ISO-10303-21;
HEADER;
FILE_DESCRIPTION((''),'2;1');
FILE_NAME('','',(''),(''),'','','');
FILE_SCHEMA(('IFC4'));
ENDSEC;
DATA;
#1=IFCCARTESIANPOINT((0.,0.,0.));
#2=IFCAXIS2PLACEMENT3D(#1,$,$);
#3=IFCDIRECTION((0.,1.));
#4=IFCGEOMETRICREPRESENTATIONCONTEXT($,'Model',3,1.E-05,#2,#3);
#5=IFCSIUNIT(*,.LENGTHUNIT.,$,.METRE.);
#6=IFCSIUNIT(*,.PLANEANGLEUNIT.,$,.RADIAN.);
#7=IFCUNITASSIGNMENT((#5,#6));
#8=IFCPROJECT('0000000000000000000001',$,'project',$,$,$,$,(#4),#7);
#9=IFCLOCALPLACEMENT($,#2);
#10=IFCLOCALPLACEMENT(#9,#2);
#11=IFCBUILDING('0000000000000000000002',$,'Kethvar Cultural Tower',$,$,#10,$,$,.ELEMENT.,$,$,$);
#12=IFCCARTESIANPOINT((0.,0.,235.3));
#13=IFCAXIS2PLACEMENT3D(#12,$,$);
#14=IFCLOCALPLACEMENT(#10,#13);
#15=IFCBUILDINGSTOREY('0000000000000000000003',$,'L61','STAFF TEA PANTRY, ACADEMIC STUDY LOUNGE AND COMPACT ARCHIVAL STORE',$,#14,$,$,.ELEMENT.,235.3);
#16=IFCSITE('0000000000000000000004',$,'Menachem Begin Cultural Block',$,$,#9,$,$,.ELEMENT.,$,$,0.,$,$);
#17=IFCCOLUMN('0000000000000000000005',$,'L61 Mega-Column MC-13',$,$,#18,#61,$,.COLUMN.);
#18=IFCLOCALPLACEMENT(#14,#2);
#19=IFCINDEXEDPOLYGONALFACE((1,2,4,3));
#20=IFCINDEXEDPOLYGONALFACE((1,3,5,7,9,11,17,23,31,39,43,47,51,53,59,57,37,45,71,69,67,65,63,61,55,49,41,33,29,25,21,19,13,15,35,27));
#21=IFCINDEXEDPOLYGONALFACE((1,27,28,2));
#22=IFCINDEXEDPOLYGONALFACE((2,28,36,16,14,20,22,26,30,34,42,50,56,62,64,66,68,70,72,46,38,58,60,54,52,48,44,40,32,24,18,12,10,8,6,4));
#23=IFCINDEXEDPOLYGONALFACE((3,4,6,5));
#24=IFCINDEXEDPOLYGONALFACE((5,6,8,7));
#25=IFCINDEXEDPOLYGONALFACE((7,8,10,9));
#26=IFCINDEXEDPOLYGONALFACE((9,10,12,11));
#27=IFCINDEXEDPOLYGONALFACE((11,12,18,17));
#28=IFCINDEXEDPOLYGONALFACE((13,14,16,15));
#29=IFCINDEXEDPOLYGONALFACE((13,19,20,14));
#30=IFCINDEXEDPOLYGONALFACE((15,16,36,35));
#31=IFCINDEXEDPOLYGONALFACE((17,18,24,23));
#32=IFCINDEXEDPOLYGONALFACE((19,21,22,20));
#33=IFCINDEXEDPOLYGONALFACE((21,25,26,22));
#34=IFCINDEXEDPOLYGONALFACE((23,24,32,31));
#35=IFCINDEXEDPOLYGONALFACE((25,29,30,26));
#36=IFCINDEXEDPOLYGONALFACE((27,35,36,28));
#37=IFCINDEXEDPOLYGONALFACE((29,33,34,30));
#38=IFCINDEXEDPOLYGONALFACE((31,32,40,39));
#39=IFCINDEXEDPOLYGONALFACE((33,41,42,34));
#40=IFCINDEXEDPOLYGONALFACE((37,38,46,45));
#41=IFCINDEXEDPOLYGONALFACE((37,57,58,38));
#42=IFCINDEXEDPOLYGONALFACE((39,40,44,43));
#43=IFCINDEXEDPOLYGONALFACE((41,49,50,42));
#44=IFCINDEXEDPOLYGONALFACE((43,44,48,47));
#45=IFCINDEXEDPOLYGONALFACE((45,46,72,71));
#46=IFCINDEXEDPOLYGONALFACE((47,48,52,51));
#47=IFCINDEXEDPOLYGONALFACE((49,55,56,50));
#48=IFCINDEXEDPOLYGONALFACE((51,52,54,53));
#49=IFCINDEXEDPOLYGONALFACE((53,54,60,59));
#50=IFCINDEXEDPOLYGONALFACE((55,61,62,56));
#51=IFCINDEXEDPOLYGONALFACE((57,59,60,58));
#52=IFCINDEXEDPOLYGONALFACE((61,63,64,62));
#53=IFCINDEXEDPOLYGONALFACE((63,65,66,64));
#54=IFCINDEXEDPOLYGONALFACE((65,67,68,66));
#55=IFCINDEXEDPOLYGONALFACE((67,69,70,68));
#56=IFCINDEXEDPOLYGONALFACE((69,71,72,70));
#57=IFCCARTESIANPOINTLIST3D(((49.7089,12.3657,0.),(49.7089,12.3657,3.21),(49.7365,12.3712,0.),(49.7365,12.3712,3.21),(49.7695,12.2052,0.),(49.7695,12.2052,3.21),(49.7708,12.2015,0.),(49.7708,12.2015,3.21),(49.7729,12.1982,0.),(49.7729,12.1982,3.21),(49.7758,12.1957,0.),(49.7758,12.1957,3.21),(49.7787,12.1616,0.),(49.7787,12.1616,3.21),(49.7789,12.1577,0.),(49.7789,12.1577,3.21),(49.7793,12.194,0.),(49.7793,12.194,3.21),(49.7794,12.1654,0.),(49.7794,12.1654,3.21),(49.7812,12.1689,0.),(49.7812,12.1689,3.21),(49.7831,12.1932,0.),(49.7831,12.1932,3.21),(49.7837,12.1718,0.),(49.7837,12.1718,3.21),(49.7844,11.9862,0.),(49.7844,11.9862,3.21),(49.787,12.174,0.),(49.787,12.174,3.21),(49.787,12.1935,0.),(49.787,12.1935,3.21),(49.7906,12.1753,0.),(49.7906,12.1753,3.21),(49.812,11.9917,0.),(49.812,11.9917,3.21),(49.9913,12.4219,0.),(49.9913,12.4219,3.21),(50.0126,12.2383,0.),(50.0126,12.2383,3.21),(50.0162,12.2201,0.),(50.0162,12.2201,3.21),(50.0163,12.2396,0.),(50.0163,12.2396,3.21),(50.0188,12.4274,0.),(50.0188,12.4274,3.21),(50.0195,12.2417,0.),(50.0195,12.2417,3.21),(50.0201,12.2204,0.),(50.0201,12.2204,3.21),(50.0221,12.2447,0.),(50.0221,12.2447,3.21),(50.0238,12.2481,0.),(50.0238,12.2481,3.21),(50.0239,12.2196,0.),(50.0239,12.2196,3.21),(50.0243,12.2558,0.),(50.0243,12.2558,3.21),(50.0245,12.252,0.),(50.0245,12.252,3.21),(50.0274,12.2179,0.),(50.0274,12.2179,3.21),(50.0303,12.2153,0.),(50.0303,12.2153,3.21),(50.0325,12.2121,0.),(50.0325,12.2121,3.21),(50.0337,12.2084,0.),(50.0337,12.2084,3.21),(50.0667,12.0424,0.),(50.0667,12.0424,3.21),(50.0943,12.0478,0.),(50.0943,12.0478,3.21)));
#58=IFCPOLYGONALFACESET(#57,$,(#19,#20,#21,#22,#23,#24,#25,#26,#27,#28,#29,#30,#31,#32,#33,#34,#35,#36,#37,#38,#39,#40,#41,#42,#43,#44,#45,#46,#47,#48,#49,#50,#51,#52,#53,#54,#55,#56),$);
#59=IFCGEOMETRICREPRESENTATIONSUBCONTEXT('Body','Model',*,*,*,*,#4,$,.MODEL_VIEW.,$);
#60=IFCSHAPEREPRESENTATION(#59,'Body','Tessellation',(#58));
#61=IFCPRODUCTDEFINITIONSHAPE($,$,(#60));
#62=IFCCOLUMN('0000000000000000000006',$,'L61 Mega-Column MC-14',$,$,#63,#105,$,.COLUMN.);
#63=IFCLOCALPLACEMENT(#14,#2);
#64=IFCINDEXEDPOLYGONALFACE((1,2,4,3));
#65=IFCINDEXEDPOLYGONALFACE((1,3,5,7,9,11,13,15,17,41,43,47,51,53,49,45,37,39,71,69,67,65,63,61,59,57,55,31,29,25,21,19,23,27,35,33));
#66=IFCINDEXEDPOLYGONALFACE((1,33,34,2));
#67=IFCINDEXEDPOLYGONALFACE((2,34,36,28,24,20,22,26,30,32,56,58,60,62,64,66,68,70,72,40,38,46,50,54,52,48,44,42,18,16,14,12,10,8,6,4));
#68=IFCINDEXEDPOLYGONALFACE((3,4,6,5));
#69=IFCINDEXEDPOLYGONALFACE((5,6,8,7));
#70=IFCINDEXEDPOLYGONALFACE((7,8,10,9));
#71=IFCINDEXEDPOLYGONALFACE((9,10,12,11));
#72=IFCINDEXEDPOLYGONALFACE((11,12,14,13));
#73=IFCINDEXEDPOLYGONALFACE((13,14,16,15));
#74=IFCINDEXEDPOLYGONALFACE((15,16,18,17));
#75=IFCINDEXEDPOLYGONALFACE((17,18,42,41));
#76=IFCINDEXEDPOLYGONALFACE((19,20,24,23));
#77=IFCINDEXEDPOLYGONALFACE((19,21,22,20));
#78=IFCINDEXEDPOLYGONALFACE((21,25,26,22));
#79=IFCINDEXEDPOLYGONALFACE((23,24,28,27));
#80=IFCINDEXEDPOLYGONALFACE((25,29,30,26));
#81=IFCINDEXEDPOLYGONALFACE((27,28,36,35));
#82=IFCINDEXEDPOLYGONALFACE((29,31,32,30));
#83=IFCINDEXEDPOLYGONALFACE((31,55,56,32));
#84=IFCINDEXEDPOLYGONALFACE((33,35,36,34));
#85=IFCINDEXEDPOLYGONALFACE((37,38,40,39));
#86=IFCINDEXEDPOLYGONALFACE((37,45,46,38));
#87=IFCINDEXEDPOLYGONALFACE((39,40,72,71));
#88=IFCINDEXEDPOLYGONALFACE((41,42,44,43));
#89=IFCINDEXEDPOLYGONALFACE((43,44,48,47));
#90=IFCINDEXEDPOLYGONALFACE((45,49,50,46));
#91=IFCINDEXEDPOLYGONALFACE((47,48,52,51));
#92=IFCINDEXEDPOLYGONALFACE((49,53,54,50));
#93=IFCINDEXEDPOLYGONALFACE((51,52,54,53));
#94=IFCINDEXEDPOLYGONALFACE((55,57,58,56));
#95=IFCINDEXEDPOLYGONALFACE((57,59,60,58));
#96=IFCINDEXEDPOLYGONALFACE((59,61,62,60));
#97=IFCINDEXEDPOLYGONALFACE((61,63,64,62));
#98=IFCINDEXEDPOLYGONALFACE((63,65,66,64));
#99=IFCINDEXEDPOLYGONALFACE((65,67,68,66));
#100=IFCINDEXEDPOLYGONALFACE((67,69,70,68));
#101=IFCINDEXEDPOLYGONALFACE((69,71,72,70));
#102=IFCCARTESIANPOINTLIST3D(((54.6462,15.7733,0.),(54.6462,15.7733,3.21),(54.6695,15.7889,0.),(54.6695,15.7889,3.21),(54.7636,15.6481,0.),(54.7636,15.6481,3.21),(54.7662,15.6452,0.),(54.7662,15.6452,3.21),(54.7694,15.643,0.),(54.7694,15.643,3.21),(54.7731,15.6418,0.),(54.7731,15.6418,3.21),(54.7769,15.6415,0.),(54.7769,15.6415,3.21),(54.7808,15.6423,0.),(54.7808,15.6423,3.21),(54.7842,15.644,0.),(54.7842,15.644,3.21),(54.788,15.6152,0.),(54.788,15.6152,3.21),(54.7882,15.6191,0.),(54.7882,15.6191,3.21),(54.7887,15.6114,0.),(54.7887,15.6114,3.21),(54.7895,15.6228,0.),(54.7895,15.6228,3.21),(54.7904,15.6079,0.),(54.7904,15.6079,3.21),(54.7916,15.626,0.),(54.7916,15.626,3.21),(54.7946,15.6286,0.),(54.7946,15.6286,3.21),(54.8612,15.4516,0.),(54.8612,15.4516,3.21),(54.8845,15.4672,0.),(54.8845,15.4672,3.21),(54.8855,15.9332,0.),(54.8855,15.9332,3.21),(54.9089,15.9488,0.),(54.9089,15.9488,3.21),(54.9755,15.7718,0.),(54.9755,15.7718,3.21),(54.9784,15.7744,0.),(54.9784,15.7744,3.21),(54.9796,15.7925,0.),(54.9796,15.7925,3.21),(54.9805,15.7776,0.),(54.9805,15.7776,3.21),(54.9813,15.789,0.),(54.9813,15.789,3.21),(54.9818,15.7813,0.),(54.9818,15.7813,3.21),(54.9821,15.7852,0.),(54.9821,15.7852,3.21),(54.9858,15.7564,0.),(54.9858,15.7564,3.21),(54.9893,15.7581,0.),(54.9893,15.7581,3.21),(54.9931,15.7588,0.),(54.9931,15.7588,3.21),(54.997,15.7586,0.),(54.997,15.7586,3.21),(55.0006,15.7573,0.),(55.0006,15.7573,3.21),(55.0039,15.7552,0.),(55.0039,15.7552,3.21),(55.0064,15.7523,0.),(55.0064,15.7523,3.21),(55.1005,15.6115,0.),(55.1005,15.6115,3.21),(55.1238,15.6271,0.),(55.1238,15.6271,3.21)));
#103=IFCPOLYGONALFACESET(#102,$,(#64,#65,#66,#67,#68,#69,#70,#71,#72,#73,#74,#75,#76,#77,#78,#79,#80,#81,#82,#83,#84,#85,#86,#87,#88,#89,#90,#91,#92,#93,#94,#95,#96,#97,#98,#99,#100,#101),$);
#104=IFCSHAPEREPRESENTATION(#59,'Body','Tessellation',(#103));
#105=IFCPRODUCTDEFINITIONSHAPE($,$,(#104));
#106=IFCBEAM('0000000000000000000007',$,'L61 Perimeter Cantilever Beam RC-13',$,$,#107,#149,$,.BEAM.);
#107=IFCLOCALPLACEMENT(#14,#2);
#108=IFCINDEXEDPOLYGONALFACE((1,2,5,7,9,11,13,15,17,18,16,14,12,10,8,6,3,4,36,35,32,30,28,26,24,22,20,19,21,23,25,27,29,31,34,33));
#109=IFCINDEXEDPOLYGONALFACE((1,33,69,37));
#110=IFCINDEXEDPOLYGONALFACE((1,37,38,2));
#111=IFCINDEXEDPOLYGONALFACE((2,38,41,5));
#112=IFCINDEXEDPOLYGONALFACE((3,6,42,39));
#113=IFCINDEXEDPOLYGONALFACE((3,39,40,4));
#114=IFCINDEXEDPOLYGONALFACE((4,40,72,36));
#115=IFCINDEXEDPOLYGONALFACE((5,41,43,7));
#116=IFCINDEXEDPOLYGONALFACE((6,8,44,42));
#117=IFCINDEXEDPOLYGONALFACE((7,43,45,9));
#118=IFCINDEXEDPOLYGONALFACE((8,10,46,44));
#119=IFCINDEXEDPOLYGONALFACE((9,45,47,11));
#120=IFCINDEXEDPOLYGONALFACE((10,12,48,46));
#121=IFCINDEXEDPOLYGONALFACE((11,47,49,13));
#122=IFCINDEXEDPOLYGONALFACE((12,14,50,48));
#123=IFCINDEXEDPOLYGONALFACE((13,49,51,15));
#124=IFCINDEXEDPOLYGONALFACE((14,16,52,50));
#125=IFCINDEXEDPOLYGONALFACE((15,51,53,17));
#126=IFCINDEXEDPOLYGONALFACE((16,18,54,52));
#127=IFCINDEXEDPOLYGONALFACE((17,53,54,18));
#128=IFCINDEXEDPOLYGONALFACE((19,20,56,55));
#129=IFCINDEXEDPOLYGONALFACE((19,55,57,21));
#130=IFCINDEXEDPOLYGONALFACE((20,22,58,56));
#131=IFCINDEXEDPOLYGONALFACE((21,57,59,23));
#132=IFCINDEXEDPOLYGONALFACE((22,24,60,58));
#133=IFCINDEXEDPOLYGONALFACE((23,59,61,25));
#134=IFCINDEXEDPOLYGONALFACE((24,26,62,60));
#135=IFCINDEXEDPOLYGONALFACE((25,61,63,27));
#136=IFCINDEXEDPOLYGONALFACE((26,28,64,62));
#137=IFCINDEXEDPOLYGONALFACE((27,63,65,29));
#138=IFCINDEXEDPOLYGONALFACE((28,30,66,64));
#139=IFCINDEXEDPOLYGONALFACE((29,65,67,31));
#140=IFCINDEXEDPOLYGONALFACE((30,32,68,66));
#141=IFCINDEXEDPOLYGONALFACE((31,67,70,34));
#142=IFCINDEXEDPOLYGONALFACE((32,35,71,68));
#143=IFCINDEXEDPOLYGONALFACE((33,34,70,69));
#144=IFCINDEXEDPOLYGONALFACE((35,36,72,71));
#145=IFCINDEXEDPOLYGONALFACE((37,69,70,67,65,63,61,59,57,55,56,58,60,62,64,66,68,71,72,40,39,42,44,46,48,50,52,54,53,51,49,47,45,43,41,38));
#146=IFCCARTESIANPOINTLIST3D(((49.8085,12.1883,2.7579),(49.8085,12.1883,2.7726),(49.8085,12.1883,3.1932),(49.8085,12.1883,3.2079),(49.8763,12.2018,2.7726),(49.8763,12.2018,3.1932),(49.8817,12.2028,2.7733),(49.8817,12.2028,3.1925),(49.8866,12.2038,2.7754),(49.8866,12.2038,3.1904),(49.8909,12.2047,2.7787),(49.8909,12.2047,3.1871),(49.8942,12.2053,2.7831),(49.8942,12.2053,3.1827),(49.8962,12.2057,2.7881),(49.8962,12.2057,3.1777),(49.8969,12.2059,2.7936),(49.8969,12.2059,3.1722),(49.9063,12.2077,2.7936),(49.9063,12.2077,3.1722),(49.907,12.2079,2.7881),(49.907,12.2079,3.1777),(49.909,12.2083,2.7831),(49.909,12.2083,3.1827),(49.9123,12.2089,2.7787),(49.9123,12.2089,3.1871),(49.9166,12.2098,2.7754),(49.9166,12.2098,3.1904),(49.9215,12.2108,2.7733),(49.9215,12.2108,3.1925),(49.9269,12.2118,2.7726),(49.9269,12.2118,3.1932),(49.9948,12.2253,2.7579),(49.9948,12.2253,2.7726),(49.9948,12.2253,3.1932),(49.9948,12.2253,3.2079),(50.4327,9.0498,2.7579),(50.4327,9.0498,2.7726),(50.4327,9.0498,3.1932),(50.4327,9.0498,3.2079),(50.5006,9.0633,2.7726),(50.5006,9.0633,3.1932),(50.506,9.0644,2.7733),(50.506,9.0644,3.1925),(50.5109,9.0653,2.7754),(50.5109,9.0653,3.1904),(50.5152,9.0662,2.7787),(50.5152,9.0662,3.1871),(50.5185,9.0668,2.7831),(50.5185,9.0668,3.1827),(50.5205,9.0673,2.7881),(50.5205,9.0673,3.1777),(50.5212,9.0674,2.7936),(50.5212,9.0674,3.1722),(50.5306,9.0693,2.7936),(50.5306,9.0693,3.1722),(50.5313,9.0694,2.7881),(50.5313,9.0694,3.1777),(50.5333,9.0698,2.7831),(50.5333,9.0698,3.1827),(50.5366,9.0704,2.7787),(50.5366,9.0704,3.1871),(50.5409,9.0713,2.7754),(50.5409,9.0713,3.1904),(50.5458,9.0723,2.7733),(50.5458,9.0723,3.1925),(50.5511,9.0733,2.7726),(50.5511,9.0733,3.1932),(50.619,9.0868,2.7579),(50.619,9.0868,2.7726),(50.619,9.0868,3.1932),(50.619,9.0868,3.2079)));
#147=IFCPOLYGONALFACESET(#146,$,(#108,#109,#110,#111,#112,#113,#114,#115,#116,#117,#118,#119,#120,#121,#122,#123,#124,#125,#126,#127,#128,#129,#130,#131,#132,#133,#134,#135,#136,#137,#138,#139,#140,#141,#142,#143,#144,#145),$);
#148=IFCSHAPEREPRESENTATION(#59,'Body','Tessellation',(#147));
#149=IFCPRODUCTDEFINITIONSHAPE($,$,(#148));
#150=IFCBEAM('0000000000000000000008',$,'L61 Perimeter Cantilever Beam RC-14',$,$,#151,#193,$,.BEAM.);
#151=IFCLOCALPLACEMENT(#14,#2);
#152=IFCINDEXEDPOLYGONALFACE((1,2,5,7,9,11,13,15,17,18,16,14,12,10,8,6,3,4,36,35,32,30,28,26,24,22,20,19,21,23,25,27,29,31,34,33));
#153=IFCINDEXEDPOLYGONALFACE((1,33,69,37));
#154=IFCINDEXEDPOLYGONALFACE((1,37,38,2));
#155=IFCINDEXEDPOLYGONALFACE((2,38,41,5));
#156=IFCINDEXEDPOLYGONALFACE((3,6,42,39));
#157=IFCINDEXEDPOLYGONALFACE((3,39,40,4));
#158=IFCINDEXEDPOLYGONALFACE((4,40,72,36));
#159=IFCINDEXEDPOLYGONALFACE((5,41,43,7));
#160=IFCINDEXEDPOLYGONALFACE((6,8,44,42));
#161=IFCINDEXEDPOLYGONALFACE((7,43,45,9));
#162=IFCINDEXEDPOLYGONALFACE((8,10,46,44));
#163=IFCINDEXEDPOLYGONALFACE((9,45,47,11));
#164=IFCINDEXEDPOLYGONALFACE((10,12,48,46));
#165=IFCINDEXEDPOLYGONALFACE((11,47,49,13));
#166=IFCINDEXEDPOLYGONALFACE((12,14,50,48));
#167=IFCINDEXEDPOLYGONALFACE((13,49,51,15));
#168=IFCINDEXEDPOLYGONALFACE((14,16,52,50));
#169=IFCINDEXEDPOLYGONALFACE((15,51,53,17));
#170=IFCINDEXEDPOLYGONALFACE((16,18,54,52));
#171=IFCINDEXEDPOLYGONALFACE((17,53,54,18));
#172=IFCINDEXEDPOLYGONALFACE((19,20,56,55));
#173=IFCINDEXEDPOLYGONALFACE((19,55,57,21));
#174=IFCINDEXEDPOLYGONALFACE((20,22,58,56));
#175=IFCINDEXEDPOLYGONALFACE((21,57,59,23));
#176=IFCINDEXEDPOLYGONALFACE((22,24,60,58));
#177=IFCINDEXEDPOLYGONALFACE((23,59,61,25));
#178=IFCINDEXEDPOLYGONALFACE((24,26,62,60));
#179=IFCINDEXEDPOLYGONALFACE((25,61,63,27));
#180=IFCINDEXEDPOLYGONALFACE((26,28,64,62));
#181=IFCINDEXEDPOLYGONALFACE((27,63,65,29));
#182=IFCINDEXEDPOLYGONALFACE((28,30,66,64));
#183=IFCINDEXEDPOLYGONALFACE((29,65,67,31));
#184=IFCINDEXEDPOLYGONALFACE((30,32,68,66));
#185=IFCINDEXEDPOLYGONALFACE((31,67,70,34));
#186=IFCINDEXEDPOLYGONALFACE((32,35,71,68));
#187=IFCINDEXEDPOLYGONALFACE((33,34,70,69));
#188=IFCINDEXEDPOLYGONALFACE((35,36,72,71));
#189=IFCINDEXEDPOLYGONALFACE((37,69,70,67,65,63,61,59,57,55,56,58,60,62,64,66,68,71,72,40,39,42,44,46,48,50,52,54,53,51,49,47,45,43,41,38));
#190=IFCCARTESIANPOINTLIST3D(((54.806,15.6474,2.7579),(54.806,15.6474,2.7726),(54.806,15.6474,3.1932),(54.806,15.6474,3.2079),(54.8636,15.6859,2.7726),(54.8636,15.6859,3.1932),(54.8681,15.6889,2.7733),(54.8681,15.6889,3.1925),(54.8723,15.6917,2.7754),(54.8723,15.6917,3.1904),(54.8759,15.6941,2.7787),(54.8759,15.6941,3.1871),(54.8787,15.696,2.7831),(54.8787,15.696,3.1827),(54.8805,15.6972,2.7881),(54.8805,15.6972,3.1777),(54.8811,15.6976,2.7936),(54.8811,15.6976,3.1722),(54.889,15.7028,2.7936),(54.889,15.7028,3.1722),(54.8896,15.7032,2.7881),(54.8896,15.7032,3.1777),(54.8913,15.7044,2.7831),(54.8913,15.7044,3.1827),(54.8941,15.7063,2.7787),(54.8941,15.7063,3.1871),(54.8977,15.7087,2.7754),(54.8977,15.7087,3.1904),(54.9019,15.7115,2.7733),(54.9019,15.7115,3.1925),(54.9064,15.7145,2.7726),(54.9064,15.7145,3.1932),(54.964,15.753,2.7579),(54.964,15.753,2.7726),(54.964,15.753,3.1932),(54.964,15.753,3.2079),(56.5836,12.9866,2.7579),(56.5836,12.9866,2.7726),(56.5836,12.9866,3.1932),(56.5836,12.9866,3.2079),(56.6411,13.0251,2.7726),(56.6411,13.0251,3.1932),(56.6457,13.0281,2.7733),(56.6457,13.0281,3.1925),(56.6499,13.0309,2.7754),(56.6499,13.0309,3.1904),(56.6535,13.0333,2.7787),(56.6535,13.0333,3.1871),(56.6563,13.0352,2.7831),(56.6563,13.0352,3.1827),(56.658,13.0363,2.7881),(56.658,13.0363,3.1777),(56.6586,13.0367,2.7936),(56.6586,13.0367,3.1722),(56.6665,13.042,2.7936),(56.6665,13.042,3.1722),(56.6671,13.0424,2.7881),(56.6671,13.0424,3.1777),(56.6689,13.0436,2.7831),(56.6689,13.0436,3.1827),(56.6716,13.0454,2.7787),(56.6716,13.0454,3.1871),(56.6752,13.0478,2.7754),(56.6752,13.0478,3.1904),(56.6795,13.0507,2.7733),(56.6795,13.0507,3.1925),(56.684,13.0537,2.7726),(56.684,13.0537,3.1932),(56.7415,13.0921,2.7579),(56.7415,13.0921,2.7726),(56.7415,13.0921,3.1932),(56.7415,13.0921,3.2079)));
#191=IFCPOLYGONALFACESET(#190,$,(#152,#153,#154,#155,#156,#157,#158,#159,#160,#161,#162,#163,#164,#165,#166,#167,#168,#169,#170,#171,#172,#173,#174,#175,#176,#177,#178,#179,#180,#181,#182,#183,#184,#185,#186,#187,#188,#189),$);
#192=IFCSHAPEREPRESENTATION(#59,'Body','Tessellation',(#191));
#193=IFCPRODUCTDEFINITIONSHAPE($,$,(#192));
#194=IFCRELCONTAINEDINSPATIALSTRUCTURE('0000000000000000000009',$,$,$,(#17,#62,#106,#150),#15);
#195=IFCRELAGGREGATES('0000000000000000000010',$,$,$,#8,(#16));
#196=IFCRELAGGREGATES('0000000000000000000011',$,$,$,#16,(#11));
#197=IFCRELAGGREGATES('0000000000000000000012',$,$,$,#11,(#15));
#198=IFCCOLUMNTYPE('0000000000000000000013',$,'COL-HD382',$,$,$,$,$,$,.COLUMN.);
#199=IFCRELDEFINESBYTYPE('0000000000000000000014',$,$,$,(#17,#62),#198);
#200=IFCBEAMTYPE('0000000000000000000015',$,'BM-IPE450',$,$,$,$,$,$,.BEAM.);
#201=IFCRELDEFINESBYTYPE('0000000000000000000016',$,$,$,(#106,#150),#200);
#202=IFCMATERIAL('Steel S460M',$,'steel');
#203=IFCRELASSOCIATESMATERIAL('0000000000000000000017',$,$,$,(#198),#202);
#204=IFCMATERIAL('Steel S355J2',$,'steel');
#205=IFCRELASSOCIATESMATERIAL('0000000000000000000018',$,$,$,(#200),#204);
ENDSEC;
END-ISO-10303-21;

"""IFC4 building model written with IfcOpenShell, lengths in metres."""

from ifc_helpers import new_model, si_unit, direction, frame, origin, origin_2d, place, context, subcontext, project, spatial, i_section, extrude, source, transform, mapped, material, material_profile, profile_set, type_object, element, save


model = new_model("IFC4")

# Units and contexts
model_context = context("Model", 3, precision=1e-05, world=origin(), true_north=direction((0.0, 1.0)))
body_context = subcontext(model_context, "Body", "Model", "MODEL_VIEW")
ifc_project = project(units=[si_unit("LENGTHUNIT", "METRE"), si_unit("PLANEANGLEUNIT", "RADIAN")], contexts=[model_context])

# Site, building, storey
site_placement = place(None, origin())
site = spatial("IfcSite", under=ifc_project, at=site_placement, Name="Menachem Begin Cultural Block", CompositionType="ELEMENT", RefElevation=0.0)
building_placement = place(site_placement, origin())
building = spatial("IfcBuilding", under=site, at=building_placement, Name="Kethvar Cultural Tower", CompositionType="ELEMENT")
storey_placement = place(building_placement, frame((0.0, 0.0, 235.3)))
storey = spatial("IfcBuildingStorey", under=building, at=storey_placement, Name="L61", Description="STAFF TEA PANTRY, ACADEMIC STUDY LOUNGE AND COMPACT ARCHIVAL STORE", CompositionType="ELEMENT", Elevation=235.3)

# Columns
ifc_material_1 = material(Name="Steel S460M", Category="steel")
ifc_material_profile_1 = material_profile(ifc_material_1, i_section(OverallWidth=0.387, OverallDepth=0.3159, WebThickness=0.0186, FlangeThickness=0.0281, FilletRadius=0.0149, at=origin_2d()), Name="Steel S460M — HD400x382")
ifc_profile_set_1 = profile_set([ifc_material_profile_1], Name="Steel S460M — HD400x382")
column_type = type_object("IfcColumnType", Name="COL-HD382", PredefinedType="COLUMN", material=ifc_profile_set_1)
shared_shape_1 = source(origin(), body_context, "Body", "SweptSolid", [
    extrude(i_section(OverallWidth=0.387, OverallDepth=0.3159, WebThickness=0.0186, FlangeThickness=0.0281, FilletRadius=0.0149, at=origin_2d()), origin(), (0.0, 0.0, 1.0), 3.21),
])
for number, where, z_axis, x_axis, name in (
    (1, (49.9016, 12.2068, 0.0), (0.0, 0.0, 1.0), (0.19509, -0.980785, 0.0), "L61 Mega-Column MC-13"),
    (2, (54.885, 15.7002, 0.0), (0.0, 0.0, 1.0), (0.55557, -0.83147, 0.0), "L61 Mega-Column MC-14"),
):
    element("IfcColumn", number, at=place(storey_placement, frame(where, z_axis=z_axis, x_axis=x_axis)), inside=storey, type_object=column_type, Name=name, PredefinedType="COLUMN", context=body_context, shape_type="MappedRepresentation", body=[
        mapped(shared_shape_1, transform((0.0, 0.0, 0.0), scale=1.0)),
    ])

# Beams
ifc_material_2 = material(Name="Steel S355J2", Category="steel")
ifc_material_profile_2 = material_profile(ifc_material_2, i_section(OverallWidth=0.1899, OverallDepth=0.45, WebThickness=0.0095, FlangeThickness=0.0146, FilletRadius=0.021, at=origin_2d()), Name="Steel S355J2 — IPE450")
ifc_profile_set_2 = profile_set([ifc_material_profile_2], Name="Steel S355J2 — IPE450")
beam_type_1 = type_object("IfcBeamType", Name="BM-IPE450", PredefinedType="BEAM", material=ifc_profile_set_2)
shared_shape_2 = source(origin(), body_context, "Body", "SweptSolid", [
    extrude(i_section(OverallWidth=0.1899, OverallDepth=0.45, WebThickness=0.0095, FlangeThickness=0.0146, FilletRadius=0.021, at=origin_2d()), origin(), (0.0, 0.0, 1.0), 3.2),
])
for number, where, z_axis, x_axis, name in (
    (3, (49.9016, 12.2068, 2.9829), (0.195089, -0.980786, 0.0), (0.980786, 0.195089, 0.0), "L61 Perimeter Cantilever Beam RC-13"),
    (4, (54.885, 15.7002, 2.9829), (0.555492, -0.831522, 0.0), (0.831522, 0.555492, 0.0), "L61 Perimeter Cantilever Beam RC-14"),
):
    element("IfcBeam", number, at=place(storey_placement, frame(where, z_axis=z_axis, x_axis=x_axis)), inside=storey, type_object=beam_type_1, Name=name, PredefinedType="BEAM", context=body_context, shape_type="MappedRepresentation", body=[
        mapped(shared_shape_2, transform((0.0, 0.0, 0.0), scale=1.0)),
    ])

save(model, "model.ifc")
